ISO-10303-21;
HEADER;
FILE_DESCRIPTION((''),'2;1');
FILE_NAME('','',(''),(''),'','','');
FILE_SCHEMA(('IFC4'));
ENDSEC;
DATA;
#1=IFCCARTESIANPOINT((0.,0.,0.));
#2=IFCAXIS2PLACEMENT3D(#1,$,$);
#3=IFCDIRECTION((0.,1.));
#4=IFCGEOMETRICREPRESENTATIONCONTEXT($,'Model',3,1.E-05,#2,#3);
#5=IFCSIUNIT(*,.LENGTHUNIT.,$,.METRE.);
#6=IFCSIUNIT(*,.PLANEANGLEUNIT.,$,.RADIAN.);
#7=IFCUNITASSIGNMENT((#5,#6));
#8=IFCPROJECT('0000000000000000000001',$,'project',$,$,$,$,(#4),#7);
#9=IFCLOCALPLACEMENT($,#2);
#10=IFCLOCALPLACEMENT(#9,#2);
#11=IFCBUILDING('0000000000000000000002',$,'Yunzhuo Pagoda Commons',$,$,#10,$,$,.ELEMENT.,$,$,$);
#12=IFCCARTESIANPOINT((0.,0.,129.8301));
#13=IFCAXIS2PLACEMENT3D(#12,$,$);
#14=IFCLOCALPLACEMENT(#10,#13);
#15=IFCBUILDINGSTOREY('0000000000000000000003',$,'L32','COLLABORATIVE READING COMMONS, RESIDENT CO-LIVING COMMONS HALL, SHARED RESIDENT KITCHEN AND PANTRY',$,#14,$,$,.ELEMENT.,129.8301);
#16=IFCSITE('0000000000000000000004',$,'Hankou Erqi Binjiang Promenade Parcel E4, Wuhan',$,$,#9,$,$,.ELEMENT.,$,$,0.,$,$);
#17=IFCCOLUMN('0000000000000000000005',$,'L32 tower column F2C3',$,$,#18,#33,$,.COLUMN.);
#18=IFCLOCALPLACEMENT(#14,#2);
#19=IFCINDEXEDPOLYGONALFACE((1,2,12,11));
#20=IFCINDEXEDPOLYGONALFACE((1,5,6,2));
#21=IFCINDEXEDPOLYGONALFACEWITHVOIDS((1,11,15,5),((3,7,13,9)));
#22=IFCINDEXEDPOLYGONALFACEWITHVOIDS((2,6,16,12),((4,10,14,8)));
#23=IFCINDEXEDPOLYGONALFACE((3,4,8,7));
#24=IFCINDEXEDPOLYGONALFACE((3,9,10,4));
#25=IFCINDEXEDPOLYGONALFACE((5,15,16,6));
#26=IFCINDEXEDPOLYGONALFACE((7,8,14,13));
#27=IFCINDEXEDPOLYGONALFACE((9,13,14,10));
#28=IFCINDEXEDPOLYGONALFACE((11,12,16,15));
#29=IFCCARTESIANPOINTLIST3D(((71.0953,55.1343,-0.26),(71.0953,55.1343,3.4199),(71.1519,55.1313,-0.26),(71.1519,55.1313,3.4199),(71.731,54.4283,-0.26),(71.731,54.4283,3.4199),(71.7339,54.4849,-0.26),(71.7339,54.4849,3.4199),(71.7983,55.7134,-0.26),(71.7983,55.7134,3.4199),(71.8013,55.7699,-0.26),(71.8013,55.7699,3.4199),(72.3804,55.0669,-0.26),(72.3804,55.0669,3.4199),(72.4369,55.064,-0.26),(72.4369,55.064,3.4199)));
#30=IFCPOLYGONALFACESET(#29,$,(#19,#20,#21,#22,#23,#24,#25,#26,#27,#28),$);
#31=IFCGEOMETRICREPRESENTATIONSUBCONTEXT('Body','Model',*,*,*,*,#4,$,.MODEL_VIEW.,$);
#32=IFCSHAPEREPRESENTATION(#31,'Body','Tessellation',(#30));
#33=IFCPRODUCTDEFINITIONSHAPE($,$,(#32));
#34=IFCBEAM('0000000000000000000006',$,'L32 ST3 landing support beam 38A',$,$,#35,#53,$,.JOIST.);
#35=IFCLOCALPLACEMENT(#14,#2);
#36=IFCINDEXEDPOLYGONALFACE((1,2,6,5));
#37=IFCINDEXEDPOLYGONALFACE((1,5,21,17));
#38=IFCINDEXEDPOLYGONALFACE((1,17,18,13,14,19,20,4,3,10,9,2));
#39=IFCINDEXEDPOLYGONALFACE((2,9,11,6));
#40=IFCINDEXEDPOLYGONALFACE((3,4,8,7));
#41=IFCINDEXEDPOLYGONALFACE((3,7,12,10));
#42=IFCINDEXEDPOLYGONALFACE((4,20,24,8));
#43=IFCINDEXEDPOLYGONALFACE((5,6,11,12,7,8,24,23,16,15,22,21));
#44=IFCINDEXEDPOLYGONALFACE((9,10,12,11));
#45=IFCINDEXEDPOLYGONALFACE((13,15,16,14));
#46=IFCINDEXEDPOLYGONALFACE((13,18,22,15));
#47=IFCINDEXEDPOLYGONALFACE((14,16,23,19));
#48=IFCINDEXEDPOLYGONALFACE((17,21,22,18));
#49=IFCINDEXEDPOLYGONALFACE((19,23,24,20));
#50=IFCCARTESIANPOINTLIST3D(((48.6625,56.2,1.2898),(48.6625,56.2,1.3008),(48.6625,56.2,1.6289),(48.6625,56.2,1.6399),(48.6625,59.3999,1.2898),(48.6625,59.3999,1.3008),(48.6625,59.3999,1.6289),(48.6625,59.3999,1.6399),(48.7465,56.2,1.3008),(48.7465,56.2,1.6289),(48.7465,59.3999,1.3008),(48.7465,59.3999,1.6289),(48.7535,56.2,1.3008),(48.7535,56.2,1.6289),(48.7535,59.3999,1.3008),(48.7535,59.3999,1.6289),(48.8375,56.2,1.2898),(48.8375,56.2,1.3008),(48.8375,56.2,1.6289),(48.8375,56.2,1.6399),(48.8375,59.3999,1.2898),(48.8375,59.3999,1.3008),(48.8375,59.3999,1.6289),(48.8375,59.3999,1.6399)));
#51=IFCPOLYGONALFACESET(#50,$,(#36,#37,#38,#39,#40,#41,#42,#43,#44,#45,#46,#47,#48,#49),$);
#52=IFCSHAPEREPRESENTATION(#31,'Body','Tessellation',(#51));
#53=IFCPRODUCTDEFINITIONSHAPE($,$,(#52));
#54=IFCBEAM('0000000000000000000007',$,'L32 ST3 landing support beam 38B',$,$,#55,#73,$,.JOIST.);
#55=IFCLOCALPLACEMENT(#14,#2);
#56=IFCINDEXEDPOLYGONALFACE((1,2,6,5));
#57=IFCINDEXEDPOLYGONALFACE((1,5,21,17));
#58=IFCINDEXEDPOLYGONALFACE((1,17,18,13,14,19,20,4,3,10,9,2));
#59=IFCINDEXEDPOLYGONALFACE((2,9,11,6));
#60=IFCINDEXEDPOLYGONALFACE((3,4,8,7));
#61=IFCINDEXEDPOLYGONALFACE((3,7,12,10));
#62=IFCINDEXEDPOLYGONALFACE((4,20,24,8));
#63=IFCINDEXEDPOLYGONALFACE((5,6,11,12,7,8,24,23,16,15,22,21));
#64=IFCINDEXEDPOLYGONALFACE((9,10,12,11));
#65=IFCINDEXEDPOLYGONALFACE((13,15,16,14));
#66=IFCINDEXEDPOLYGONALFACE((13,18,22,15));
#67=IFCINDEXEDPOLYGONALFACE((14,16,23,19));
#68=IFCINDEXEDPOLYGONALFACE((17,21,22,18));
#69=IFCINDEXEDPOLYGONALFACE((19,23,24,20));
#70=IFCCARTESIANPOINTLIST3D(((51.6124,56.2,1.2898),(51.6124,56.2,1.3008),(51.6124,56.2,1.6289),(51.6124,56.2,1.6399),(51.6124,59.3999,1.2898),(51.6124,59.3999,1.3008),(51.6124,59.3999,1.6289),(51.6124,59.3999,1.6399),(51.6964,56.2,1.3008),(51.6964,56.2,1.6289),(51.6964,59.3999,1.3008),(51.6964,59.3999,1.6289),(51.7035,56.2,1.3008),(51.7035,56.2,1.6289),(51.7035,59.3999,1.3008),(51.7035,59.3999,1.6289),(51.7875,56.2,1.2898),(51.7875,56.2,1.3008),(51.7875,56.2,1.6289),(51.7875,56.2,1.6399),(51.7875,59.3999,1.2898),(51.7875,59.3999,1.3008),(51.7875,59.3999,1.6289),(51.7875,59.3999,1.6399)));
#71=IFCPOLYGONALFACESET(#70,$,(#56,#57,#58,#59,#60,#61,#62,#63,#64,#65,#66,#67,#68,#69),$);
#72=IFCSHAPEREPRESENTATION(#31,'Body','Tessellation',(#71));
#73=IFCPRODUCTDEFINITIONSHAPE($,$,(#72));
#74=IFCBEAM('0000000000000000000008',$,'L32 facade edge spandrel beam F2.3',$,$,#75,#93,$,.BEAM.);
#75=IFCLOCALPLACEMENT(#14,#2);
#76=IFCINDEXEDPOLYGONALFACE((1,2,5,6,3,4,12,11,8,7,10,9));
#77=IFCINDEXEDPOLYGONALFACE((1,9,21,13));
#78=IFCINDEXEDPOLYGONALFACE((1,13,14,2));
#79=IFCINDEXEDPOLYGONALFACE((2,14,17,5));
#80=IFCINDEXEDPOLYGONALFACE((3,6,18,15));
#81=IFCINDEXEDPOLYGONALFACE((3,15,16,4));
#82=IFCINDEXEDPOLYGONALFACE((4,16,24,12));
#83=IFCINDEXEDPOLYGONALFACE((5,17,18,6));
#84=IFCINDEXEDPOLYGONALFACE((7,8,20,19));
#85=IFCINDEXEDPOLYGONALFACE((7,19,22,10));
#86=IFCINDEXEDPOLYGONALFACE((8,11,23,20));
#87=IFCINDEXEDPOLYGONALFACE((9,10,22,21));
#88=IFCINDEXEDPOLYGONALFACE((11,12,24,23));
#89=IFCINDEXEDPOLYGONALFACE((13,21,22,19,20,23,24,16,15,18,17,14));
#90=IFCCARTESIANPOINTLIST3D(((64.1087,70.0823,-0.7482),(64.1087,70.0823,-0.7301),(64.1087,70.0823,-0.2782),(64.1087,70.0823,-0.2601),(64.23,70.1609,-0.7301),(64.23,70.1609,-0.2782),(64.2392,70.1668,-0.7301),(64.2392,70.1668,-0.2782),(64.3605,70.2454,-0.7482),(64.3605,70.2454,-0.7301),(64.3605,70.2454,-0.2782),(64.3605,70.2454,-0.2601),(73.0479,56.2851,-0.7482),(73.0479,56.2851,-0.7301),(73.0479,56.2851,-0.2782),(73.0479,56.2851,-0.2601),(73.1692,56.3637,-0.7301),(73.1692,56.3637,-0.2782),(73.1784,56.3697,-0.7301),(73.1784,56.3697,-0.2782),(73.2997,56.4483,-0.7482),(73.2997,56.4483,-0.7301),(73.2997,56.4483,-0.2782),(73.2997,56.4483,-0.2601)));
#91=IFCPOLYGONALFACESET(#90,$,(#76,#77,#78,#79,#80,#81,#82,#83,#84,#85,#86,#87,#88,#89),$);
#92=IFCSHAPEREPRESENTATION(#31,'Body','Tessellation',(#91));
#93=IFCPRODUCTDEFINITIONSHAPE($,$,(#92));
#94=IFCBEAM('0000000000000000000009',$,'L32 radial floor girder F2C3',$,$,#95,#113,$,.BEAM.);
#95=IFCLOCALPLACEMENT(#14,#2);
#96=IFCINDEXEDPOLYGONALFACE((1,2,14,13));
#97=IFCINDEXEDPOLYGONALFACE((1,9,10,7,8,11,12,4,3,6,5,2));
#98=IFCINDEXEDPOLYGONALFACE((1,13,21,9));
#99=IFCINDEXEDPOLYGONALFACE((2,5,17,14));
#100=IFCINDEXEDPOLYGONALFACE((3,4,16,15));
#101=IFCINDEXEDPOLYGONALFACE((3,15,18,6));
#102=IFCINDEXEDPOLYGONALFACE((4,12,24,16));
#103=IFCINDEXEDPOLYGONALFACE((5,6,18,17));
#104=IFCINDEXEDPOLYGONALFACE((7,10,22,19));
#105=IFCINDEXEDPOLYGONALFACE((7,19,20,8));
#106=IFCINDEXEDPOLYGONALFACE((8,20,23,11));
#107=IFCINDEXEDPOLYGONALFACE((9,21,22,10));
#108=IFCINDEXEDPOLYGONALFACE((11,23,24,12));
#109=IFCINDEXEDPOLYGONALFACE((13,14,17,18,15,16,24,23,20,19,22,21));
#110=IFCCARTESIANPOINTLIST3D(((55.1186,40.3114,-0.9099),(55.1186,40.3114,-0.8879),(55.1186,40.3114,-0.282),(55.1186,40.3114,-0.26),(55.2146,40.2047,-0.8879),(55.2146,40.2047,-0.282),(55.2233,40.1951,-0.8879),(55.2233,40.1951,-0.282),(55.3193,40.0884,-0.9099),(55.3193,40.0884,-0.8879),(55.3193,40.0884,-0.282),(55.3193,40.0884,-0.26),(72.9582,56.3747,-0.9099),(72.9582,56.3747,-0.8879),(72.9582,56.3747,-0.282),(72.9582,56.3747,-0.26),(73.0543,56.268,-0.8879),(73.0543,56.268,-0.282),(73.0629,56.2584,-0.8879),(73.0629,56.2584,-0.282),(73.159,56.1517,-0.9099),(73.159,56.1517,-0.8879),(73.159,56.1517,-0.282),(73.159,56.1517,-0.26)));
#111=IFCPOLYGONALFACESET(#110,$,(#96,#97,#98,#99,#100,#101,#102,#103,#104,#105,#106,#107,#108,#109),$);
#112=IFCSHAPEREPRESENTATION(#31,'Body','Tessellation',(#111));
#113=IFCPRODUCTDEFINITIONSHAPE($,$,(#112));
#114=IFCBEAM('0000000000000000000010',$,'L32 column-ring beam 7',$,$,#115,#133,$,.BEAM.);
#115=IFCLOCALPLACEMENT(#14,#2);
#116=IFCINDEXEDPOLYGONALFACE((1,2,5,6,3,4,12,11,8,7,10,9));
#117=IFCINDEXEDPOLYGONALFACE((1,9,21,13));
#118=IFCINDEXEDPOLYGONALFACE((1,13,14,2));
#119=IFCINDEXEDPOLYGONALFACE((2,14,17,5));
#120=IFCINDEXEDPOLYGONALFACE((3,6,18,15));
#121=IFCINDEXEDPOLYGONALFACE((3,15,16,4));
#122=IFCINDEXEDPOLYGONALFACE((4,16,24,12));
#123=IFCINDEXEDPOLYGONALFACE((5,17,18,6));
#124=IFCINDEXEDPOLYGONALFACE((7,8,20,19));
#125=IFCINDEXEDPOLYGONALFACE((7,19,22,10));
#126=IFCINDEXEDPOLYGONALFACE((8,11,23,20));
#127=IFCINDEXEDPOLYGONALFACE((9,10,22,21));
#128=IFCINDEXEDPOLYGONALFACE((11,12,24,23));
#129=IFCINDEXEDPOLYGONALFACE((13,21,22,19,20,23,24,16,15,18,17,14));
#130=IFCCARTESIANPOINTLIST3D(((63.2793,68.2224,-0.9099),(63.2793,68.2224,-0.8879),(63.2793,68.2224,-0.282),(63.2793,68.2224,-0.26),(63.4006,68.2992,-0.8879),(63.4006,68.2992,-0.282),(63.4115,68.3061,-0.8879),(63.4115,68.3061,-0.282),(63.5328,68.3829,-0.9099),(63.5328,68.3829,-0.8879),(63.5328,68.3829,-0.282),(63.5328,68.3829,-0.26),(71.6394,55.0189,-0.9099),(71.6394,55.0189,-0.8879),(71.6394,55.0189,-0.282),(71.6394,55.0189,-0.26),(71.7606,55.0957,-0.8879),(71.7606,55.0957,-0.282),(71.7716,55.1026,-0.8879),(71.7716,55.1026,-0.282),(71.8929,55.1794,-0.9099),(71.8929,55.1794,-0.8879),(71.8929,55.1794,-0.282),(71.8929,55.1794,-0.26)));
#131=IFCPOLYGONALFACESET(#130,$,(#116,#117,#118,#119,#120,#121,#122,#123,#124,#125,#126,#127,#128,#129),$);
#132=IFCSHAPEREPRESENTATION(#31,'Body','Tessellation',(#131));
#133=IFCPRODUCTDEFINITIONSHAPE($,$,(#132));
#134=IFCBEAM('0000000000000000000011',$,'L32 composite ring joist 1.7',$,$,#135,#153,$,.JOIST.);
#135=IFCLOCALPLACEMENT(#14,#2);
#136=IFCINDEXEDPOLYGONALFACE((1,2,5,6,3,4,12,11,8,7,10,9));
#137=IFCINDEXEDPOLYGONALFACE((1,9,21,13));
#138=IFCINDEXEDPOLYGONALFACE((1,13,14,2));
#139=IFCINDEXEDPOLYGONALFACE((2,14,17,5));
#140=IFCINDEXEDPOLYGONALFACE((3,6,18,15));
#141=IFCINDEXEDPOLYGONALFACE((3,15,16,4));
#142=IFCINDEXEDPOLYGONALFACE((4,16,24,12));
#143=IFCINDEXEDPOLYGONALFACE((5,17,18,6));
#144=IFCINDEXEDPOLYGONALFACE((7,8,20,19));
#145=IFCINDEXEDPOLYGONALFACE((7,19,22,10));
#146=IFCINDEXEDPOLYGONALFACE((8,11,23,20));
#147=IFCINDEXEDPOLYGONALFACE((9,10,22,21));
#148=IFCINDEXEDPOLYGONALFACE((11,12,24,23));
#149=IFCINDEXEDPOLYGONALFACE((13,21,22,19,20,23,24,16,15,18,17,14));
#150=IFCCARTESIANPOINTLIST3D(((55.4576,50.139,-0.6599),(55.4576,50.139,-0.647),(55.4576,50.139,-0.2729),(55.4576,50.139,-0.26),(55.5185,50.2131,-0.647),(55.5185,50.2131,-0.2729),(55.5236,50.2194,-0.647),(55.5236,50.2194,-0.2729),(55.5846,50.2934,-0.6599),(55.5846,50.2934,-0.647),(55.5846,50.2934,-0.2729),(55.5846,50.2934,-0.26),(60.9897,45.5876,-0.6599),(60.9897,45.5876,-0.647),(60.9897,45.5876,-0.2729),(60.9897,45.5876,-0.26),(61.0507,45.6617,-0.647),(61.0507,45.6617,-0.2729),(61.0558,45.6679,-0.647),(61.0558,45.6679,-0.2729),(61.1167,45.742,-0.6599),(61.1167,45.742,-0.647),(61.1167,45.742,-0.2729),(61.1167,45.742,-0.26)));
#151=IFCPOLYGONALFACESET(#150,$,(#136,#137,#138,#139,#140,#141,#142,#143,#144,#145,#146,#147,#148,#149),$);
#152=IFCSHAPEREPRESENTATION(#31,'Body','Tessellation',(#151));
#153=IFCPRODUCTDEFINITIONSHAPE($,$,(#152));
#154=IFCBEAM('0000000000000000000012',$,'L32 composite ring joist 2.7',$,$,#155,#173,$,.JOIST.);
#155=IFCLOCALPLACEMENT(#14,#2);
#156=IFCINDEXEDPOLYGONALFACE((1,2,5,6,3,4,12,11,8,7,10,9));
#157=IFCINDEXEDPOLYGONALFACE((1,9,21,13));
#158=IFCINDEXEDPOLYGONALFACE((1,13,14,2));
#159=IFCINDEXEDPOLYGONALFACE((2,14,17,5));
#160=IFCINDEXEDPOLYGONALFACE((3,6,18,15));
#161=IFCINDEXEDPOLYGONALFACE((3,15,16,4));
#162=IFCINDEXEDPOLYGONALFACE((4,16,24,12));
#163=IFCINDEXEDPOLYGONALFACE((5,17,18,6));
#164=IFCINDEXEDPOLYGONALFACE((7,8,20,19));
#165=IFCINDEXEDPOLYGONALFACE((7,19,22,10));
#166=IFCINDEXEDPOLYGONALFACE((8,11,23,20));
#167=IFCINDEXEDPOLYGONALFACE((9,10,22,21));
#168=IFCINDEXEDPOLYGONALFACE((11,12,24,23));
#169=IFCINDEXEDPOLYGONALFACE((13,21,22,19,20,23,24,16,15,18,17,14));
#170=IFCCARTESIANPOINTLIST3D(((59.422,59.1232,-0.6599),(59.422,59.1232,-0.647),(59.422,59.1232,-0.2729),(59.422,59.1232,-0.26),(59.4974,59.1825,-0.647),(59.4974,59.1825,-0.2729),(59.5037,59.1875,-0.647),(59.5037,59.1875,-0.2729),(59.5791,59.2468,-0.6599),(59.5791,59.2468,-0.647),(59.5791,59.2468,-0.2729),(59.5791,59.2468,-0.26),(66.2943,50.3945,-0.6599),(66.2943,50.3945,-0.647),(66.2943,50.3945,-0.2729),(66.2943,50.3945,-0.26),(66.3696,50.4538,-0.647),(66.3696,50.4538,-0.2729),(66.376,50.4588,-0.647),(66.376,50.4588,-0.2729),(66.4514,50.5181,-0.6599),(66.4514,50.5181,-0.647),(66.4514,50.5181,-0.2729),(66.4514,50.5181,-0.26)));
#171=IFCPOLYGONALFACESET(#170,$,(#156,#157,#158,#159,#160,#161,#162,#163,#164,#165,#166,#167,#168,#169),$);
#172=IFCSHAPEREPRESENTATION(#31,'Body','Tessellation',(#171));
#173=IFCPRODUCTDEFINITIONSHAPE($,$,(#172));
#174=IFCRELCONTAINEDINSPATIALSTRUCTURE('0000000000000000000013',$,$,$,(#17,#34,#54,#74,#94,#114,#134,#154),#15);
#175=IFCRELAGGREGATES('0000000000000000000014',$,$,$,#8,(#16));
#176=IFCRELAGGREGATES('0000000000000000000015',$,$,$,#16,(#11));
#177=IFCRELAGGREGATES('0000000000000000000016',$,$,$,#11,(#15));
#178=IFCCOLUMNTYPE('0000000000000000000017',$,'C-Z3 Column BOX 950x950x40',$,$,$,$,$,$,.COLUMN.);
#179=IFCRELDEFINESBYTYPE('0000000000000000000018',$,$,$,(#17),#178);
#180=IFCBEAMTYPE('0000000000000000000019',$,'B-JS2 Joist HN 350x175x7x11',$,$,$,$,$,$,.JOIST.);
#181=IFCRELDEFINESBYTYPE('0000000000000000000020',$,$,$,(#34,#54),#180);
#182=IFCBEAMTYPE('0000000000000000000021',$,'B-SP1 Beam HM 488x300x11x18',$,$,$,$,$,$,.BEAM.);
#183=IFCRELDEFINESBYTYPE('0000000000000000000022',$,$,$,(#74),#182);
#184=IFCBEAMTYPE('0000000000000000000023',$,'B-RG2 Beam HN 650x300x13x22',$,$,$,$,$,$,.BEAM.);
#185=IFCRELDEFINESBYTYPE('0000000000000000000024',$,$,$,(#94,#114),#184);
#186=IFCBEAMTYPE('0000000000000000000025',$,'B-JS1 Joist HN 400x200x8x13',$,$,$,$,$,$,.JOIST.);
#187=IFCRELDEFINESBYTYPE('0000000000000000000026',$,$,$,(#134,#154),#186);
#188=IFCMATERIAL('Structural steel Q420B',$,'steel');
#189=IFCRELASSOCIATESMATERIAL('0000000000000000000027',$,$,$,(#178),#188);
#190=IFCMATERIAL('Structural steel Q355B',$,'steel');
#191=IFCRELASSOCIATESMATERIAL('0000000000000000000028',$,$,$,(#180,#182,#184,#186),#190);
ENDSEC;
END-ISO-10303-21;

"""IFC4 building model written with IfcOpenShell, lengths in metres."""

from ifc_helpers import new_model, si_unit, direction, frame, origin, origin_2d, place, context, subcontext, project, spatial, hollow_rectangle, i_section, extrude, source, transform, mapped, material, material_profile, profile_set, type_object, element, save


model = new_model("IFC4")

# Units and contexts
model_context = context("Model", 3, precision=1e-05, world=origin(), true_north=direction((0.0, 1.0)))
body_context = subcontext(model_context, "Body", "Model", "MODEL_VIEW")
ifc_project = project(units=[si_unit("LENGTHUNIT", "METRE"), si_unit("PLANEANGLEUNIT", "RADIAN")], contexts=[model_context])

# Site, building, storey
site_placement = place(None, origin())
site = spatial("IfcSite", under=ifc_project, at=site_placement, Name="Hankou Erqi Binjiang Promenade Parcel E4, Wuhan", CompositionType="ELEMENT", RefElevation=0.0)
building_placement = place(site_placement, origin())
building = spatial("IfcBuilding", under=site, at=building_placement, Name="Yunzhuo Pagoda Commons", CompositionType="ELEMENT")
storey_placement = place(building_placement, frame((0.0, 0.0, 129.8301)))
storey = spatial("IfcBuildingStorey", under=building, at=storey_placement, Name="L32", Description="COLLABORATIVE READING COMMONS, RESIDENT CO-LIVING COMMONS HALL, SHARED RESIDENT KITCHEN AND PANTRY", CompositionType="ELEMENT", Elevation=129.8301)

# Column
ifc_material_1 = material(Name="Structural steel Q420B", Category="steel")
ifc_material_profile_1 = material_profile(ifc_material_1, hollow_rectangle(XDim=0.95, YDim=0.95, WallThickness=0.04, at=origin_2d()), Name="Structural steel Q420B")
ifc_profile_set_1 = profile_set([ifc_material_profile_1], Name="Structural steel Q420B")
column_type = type_object("IfcColumnType", Name="C-Z3 Column BOX 950x950x40", PredefinedType="COLUMN", material=ifc_profile_set_1)
shared_shape_1 = source(origin(), body_context, "Body", "SweptSolid", [
    extrude(hollow_rectangle(XDim=0.95, YDim=0.95, WallThickness=0.04, at=origin_2d()), origin(), (0.0, 0.0, 1.0), 3.6799),
])
column_placement = place(storey_placement, frame((71.7661, 55.0991, -0.26), z_axis=(0.0, 0.0, 1.0), x_axis=(-0.669131, 0.743145, 0.0)))
element("IfcColumn", 1, at=column_placement, inside=storey, type_object=column_type, Name="L32 tower column F2C3", PredefinedType="COLUMN", context=body_context, shape_type="MappedRepresentation", body=[
    mapped(shared_shape_1, transform((0.0, 0.0, 0.0), scale=1.0)),
])

# Beams
ifc_material_2 = material(Name="Structural steel Q355B", Category="steel")
ifc_material_profile_2 = material_profile(ifc_material_2, i_section(OverallWidth=0.175, OverallDepth=0.3501, WebThickness=0.0071, FlangeThickness=0.011, at=origin_2d()), Name="Structural steel Q355B")
ifc_profile_set_2 = profile_set([ifc_material_profile_2], Name="Structural steel Q355B")
beam_type_1 = type_object("IfcBeamType", Name="B-JS2 Joist HN 350x175x7x11", PredefinedType="JOIST", material=ifc_profile_set_2)
shared_shape_2 = source(origin(), body_context, "Body", "SweptSolid", [
    extrude(i_section(OverallWidth=0.175, OverallDepth=0.3501, WebThickness=0.0071, FlangeThickness=0.011, at=origin_2d()), origin(), (0.0, 0.0, 1.0), 3.2),
])
for number, where, z_axis, x_axis, name in (
    (2, (48.75, 56.2, 1.4648), (0.0, 1.0, 0.0), (-1.0, 0.0, 0.0), "L32 ST3 landing support beam 38A"),
    (3, (51.7, 56.2, 1.4648), (0.0, 1.0, 0.0), (-1.0, 0.0, 0.0), "L32 ST3 landing support beam 38B"),
):
    element("IfcBeam", number, at=place(storey_placement, frame(where, z_axis=z_axis, x_axis=x_axis)), inside=storey, type_object=beam_type_1, Name=name, PredefinedType="JOIST", context=body_context, shape_type="MappedRepresentation", body=[
        mapped(shared_shape_2, transform((0.0, 0.0, 0.0), scale=1.0)),
    ])
ifc_material_profile_3 = material_profile(ifc_material_2, i_section(OverallWidth=0.3, OverallDepth=0.488, WebThickness=0.011, FlangeThickness=0.0181, at=origin_2d()), Name="Structural steel Q355B")
ifc_profile_set_3 = profile_set([ifc_material_profile_3], Name="Structural steel Q355B")
beam_type_2 = type_object("IfcBeamType", Name="B-SP1 Beam HM 488x300x11x18", PredefinedType="BEAM", material=ifc_profile_set_3)
shared_shape_3 = source(origin(), body_context, "Body", "SweptSolid", [
    extrude(i_section(OverallWidth=0.3, OverallDepth=0.488, WebThickness=0.011, FlangeThickness=0.0181, at=origin_2d()), origin(), (0.0, 0.0, 1.0), 16.4399),
])
beam_1_placement = place(storey_placement, frame((73.1738, 56.3667, -0.5042), z_axis=(-0.543751, 0.839246, 0.0), x_axis=(-0.839246, -0.543751, 0.0)))
element("IfcBeam", 4, at=beam_1_placement, inside=storey, type_object=beam_type_2, Name="L32 facade edge spandrel beam F2.3", PredefinedType="BEAM", context=body_context, shape_type="MappedRepresentation", body=[
    mapped(shared_shape_3, transform((0.0, 0.0, 0.0), scale=1.0)),
])
ifc_material_profile_4 = material_profile(ifc_material_2, i_section(OverallWidth=0.3, OverallDepth=0.6499, WebThickness=0.0129, FlangeThickness=0.022, at=origin_2d()), Name="Structural steel Q355B")
ifc_profile_set_4 = profile_set([ifc_material_profile_4], Name="Structural steel Q355B")
beam_type_3 = type_object("IfcBeamType", Name="B-RG2 Beam HN 650x300x13x22", PredefinedType="BEAM", material=ifc_profile_set_4)
shared_shape_4 = source(origin(), body_context, "Body", "SweptSolid", [
    extrude(i_section(OverallWidth=0.3, OverallDepth=0.6499, WebThickness=0.0129, FlangeThickness=0.022, at=origin_2d()), origin(), (0.0, 0.0, 1.0), 24.0059),
])
beam_2_placement = place(storey_placement, frame((73.0586, 56.2632, -0.585), z_axis=(-0.743137, -0.669139, 0.0), x_axis=(0.669139, -0.743137, 0.0)))
element("IfcBeam", 5, at=beam_2_placement, inside=storey, type_object=beam_type_3, Name="L32 radial floor girder F2C3", PredefinedType="BEAM", context=body_context, shape_type="MappedRepresentation", body=[
    mapped(shared_shape_4, transform((0.0, 0.0, 0.0), scale=1.0)),
])
shared_shape_5 = source(origin(), body_context, "Body", "SweptSolid", [
    extrude(i_section(OverallWidth=0.3, OverallDepth=0.6499, WebThickness=0.0129, FlangeThickness=0.022, at=origin_2d()), origin(), (0.0, 0.0, 1.0), 15.6277),
])
beam_3_placement = place(storey_placement, frame((71.7661, 55.0991, -0.585), z_axis=(-0.534952, 0.844882, 0.0), x_axis=(-0.844882, -0.534952, 0.0)))
element("IfcBeam", 6, at=beam_3_placement, inside=storey, type_object=beam_type_3, Name="L32 column-ring beam 7", PredefinedType="BEAM", context=body_context, shape_type="MappedRepresentation", body=[
    mapped(shared_shape_5, transform((0.0, 0.0, 0.0), scale=1.0)),
])
ifc_material_profile_5 = material_profile(ifc_material_2, i_section(OverallWidth=0.2, OverallDepth=0.3999, WebThickness=0.0081, FlangeThickness=0.0129, at=origin_2d()), Name="Structural steel Q355B")
ifc_profile_set_5 = profile_set([ifc_material_profile_5], Name="Structural steel Q355B")
beam_type_4 = type_object("IfcBeamType", Name="B-JS1 Joist HN 400x200x8x13", PredefinedType="JOIST", material=ifc_profile_set_5)
shared_shape_6 = source(origin(), body_context, "Body", "SweptSolid", [
    extrude(i_section(OverallWidth=0.2, OverallDepth=0.3999, WebThickness=0.0081, FlangeThickness=0.0129, at=origin_2d()), origin(), (0.0, 0.0, 1.0), 7.1638),
])
beam_4_placement = place(storey_placement, frame((61.0532, 45.6648, -0.46), z_axis=(-0.772234, 0.635338, 0.0), x_axis=(-0.635338, -0.772234, 0.0)))
element("IfcBeam", 7, at=beam_4_placement, inside=storey, type_object=beam_type_4, Name="L32 composite ring joist 1.7", PredefinedType="JOIST", context=body_context, shape_type="MappedRepresentation", body=[
    mapped(shared_shape_6, transform((0.0, 0.0, 0.0), scale=1.0)),
])
shared_shape_7 = source(origin(), body_context, "Body", "SweptSolid", [
    extrude(i_section(OverallWidth=0.2, OverallDepth=0.3999, WebThickness=0.0081, FlangeThickness=0.0129, at=origin_2d()), origin(), (0.0, 0.0, 1.0), 11.1094),
])
beam_5_placement = place(storey_placement, frame((66.3728, 50.4563, -0.46), z_axis=(-0.618601, 0.785706, 0.0), x_axis=(-0.785706, -0.618601, 0.0)))
element("IfcBeam", 8, at=beam_5_placement, inside=storey, type_object=beam_type_4, Name="L32 composite ring joist 2.7", PredefinedType="JOIST", context=body_context, shape_type="MappedRepresentation", body=[
    mapped(shared_shape_7, transform((0.0, 0.0, 0.0), scale=1.0)),
])

save(model, "model.ifc")
